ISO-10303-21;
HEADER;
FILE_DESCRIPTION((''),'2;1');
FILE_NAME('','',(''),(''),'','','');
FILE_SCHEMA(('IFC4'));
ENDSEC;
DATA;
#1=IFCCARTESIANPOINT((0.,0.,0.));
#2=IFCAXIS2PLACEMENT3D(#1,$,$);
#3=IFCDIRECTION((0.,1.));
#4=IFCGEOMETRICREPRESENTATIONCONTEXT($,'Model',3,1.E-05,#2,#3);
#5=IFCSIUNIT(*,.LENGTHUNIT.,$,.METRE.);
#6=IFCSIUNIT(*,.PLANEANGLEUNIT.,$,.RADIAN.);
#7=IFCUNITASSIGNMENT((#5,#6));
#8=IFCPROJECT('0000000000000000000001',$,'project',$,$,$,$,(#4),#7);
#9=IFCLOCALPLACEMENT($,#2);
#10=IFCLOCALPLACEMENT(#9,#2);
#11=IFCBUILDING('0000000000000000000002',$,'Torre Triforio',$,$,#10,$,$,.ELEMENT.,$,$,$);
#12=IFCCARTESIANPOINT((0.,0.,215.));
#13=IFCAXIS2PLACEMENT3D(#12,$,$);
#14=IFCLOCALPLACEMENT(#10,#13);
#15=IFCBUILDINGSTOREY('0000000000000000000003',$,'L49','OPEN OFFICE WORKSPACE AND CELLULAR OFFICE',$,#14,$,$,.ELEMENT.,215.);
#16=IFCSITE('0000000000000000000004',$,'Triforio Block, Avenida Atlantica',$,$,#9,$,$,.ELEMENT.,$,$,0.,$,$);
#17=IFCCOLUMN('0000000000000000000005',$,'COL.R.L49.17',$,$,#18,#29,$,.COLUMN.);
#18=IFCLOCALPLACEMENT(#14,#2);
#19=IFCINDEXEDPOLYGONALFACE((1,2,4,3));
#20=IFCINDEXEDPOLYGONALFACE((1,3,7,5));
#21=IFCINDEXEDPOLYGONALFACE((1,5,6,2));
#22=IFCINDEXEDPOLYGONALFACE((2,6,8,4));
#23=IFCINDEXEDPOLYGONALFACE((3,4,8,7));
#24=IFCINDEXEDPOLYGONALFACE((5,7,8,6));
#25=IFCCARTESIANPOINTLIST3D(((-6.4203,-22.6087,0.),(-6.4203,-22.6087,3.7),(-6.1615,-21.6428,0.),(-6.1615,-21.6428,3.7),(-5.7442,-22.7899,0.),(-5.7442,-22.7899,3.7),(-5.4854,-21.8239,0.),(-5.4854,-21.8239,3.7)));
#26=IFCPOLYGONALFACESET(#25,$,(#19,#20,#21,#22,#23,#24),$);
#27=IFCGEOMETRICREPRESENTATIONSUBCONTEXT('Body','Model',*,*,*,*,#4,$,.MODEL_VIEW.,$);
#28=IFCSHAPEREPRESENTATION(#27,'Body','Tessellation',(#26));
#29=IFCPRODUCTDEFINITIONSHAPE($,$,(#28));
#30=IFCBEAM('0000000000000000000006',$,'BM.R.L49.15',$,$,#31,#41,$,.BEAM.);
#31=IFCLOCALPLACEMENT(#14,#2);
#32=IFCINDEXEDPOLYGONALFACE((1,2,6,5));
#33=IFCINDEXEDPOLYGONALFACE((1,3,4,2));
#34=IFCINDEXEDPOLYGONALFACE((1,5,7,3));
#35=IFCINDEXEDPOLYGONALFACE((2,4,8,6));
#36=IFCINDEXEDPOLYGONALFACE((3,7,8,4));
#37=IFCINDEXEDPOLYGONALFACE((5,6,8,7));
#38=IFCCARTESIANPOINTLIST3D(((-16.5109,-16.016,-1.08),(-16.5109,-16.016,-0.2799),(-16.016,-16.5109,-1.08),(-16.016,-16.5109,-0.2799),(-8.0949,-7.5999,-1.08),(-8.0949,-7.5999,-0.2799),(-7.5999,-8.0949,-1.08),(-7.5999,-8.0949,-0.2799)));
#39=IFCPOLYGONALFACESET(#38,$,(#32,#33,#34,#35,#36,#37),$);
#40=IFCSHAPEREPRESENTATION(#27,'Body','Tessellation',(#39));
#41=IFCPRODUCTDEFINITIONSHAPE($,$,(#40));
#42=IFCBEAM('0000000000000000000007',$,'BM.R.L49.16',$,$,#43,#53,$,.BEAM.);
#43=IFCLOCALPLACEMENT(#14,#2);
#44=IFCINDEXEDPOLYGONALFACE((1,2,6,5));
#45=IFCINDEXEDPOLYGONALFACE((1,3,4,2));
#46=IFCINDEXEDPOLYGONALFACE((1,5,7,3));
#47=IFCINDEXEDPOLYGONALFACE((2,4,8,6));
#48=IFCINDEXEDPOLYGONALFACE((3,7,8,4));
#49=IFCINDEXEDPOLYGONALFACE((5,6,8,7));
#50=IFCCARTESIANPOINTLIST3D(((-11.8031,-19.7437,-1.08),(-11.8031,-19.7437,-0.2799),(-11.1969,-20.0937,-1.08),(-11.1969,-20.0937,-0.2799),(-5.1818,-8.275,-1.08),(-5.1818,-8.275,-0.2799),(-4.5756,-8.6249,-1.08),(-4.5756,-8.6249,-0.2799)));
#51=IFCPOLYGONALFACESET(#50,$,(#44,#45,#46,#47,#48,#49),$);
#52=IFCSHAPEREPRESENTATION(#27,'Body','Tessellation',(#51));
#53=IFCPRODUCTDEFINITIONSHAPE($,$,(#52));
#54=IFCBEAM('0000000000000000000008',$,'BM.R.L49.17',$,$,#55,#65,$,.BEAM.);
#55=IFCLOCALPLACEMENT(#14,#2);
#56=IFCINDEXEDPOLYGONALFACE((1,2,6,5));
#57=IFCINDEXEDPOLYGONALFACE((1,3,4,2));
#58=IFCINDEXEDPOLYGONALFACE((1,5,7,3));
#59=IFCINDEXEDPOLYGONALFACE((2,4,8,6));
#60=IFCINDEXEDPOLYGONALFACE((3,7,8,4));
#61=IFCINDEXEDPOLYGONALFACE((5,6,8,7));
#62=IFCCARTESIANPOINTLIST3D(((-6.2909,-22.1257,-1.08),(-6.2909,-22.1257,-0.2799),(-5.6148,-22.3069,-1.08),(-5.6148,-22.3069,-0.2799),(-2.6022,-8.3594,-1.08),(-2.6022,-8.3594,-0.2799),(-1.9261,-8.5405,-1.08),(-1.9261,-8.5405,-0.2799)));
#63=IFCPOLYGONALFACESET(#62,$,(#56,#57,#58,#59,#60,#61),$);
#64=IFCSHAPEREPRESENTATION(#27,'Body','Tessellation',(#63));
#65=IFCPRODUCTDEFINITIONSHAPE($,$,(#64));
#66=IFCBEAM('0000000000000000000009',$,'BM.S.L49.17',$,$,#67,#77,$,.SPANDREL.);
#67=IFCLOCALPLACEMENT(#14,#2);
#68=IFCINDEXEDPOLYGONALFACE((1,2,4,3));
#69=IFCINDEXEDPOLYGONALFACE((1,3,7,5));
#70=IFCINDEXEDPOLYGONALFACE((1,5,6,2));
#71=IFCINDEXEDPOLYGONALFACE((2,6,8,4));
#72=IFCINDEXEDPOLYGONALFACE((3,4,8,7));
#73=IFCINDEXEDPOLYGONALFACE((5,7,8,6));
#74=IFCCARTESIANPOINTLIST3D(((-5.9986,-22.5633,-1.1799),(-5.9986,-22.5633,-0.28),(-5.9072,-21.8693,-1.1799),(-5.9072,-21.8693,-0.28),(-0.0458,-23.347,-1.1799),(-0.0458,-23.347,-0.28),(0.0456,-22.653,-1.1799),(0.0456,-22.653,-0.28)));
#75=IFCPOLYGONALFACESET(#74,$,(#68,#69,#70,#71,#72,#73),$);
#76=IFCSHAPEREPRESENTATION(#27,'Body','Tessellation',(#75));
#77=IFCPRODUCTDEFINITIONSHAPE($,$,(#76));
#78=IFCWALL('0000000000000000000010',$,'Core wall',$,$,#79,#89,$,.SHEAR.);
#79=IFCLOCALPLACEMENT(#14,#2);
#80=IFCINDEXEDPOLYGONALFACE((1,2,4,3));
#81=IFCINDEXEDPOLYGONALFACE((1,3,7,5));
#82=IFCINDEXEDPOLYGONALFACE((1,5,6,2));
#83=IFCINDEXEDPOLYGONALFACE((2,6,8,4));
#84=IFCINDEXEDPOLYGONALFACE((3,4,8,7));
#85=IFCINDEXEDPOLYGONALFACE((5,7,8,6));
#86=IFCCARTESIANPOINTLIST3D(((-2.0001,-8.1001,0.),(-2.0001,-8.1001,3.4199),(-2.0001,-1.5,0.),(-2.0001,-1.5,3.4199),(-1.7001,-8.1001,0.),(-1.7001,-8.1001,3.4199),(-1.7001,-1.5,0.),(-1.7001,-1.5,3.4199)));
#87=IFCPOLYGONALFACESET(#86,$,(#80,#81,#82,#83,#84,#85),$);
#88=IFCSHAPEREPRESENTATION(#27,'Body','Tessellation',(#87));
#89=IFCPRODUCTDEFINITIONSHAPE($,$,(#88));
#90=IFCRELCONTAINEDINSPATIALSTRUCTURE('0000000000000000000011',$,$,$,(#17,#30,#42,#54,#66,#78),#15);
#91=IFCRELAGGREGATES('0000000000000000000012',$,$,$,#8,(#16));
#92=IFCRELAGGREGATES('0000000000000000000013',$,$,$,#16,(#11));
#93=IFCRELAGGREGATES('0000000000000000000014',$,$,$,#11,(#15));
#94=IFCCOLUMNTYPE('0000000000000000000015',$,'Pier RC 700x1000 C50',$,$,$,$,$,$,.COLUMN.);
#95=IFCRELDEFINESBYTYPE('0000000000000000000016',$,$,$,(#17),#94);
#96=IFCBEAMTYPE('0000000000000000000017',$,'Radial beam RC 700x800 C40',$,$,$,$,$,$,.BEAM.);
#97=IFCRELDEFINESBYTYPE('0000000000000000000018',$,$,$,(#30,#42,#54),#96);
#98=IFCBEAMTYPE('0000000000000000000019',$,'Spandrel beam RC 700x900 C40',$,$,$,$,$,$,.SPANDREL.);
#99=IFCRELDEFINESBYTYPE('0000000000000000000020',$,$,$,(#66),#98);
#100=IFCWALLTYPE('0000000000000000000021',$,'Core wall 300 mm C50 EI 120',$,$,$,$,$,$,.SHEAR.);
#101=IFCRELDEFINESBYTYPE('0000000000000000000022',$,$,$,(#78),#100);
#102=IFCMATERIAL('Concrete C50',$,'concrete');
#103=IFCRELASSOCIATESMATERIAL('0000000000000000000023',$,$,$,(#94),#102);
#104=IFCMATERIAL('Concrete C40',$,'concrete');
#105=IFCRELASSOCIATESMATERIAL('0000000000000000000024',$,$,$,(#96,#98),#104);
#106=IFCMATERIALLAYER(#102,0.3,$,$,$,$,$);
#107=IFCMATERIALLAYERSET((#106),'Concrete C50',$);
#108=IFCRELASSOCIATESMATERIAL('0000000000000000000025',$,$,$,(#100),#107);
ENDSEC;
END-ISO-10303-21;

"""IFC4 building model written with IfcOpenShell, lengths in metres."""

from ifc_helpers import new_model, si_unit, direction, frame, frame_2d, origin, origin_2d, place, context, subcontext, project, spatial, rectangle, extrude, material, layer, layer_set, material_profile, profile_set, type_object, element, save


model = new_model("IFC4")

# Units and contexts
model_context = context("Model", 3, precision=1e-05, world=origin(), true_north=direction((0.0, 1.0)))
body_context = subcontext(model_context, "Body", "Model", "MODEL_VIEW")
ifc_project = project(units=[si_unit("LENGTHUNIT", "METRE"), si_unit("PLANEANGLEUNIT", "RADIAN")], contexts=[model_context])

# Site, building, storey
site_placement = place(None, origin())
site = spatial("IfcSite", under=ifc_project, at=site_placement, Name="Triforio Block, Avenida Atlantica", CompositionType="ELEMENT", RefElevation=0.0)
building_placement = place(site_placement, origin())
building = spatial("IfcBuilding", under=site, at=building_placement, Name="Torre Triforio", CompositionType="ELEMENT")
storey_placement = place(building_placement, frame((0.0, 0.0, 215.0)))
storey = spatial("IfcBuildingStorey", under=building, at=storey_placement, Name="L49", Description="OPEN OFFICE WORKSPACE AND CELLULAR OFFICE", CompositionType="ELEMENT", Elevation=215.0)

# Column
ifc_material_1 = material(Name="Concrete C50", Category="concrete")
ifc_material_profile_1 = material_profile(ifc_material_1, rectangle(XDim=0.7, YDim=1.0, at=origin_2d()), Name="RC 700x1000")
ifc_profile_set_1 = profile_set([ifc_material_profile_1], Name="Concrete C50")
column_type = type_object("IfcColumnType", Name="Pier RC 700x1000 C50", PredefinedType="COLUMN", material=ifc_profile_set_1)
column_placement = place(storey_placement, frame((-5.9529, -22.2163, 0.0), z_axis=(0.0, 0.0, 1.0), x_axis=(0.965926, -0.258819, 0.0)))
element("IfcColumn", 1, at=column_placement, inside=storey, type_object=column_type, Name="COL.R.L49.17", PredefinedType="COLUMN", context=body_context, shape_type="SweptSolid", body=[
    extrude(rectangle(XDim=0.7, YDim=1.0, at=origin_2d()), origin(), (0.0, 0.0, 1.0), 3.7),
])

# Beams
ifc_material_2 = material(Name="Concrete C40", Category="concrete")
ifc_material_profile_2 = material_profile(ifc_material_2, rectangle(XDim=0.7, YDim=0.8, at=origin_2d()), Name="RC 700x800")
ifc_profile_set_2 = profile_set([ifc_material_profile_2], Name="Concrete C40")
beam_type_1 = type_object("IfcBeamType", Name="Radial beam RC 700x800 C40", PredefinedType="BEAM", material=ifc_profile_set_2)
beam_1_placement = place(storey_placement, frame((-7.8474, -7.8474, -0.6799), z_axis=(-0.707107, -0.707107, 0.0), x_axis=(0.707107, -0.707107, 0.0)))
element("IfcBeam", 2, at=beam_1_placement, inside=storey, type_object=beam_type_1, Name="BM.R.L49.15", PredefinedType="BEAM", context=body_context, shape_type="SweptSolid", body=[
    extrude(rectangle(XDim=0.7, YDim=0.8, at=origin_2d()), origin(), (0.0, 0.0, 1.0), 11.9021),
])
beam_2_placement = place(storey_placement, frame((-4.8787, -8.45, -0.6799), z_axis=(-0.499992, -0.86603, 0.0), x_axis=(0.86603, -0.499992, 0.0)))
element("IfcBeam", 3, at=beam_2_placement, inside=storey, type_object=beam_type_1, Name="BM.R.L49.16", PredefinedType="BEAM", context=body_context, shape_type="SweptSolid", body=[
    extrude(rectangle(XDim=0.7, YDim=0.8, at=origin_2d()), origin(), (0.0, 0.0, 1.0), 13.2429),
])
beam_3_placement = place(storey_placement, frame((-2.2642, -8.45, -0.6799), z_axis=(-0.258821, -0.965925, 0.0), x_axis=(0.965925, -0.258821, 0.0)))
element("IfcBeam", 4, at=beam_3_placement, inside=storey, type_object=beam_type_1, Name="BM.R.L49.17", PredefinedType="BEAM", context=body_context, shape_type="SweptSolid", body=[
    extrude(rectangle(XDim=0.7, YDim=0.8, at=origin_2d()), origin(), (0.0, 0.0, 1.0), 14.252),
])
ifc_material_profile_3 = material_profile(ifc_material_2, rectangle(XDim=0.7, YDim=0.8999, at=origin_2d()), Name="RC 700x900")
ifc_profile_set_3 = profile_set([ifc_material_profile_3], Name="Concrete C40")
beam_type_2 = type_object("IfcBeamType", Name="Spandrel beam RC 700x900 C40", PredefinedType="SPANDREL", material=ifc_profile_set_3)
beam_4_placement = place(storey_placement, frame((-5.9529, -22.2163, -0.73), z_axis=(0.991445, -0.130523, 0.0), x_axis=(0.130523, 0.991445, 0.0)))
element("IfcBeam", 5, at=beam_4_placement, inside=storey, type_object=beam_type_2, Name="BM.S.L49.17", PredefinedType="SPANDREL", context=body_context, shape_type="SweptSolid", body=[
    extrude(rectangle(XDim=0.7, YDim=0.8999, at=origin_2d()), origin(), (0.0, 0.0, 1.0), 6.0042),
])

# Wall
ifc_layer_1 = layer(ifc_material_1, 0.3)
ifc_layer_set_1 = layer_set([ifc_layer_1], Name="Concrete C50")
wall_type_1 = type_object("IfcWallType", Name="Core wall 300 mm C50 EI 120", PredefinedType="SHEAR", material=ifc_layer_set_1)
wall_1_placement = place(storey_placement, frame((-1.8501, -8.1001, 0.0), z_axis=(0.0, 0.0, 1.0), x_axis=(0.0, 1.0, 0.0)))
element("IfcWall", 6, at=wall_1_placement, inside=storey, type_object=wall_type_1, Name="Core wall", PredefinedType="SHEAR", context=body_context, shape_type="SweptSolid", body=[
    extrude(rectangle(XDim=6.6001, YDim=0.3, at=frame_2d((3.3, 0.0))), origin(), (0.0, 0.0, 1.0), 3.4199),
])

save(model, "model.ifc")
